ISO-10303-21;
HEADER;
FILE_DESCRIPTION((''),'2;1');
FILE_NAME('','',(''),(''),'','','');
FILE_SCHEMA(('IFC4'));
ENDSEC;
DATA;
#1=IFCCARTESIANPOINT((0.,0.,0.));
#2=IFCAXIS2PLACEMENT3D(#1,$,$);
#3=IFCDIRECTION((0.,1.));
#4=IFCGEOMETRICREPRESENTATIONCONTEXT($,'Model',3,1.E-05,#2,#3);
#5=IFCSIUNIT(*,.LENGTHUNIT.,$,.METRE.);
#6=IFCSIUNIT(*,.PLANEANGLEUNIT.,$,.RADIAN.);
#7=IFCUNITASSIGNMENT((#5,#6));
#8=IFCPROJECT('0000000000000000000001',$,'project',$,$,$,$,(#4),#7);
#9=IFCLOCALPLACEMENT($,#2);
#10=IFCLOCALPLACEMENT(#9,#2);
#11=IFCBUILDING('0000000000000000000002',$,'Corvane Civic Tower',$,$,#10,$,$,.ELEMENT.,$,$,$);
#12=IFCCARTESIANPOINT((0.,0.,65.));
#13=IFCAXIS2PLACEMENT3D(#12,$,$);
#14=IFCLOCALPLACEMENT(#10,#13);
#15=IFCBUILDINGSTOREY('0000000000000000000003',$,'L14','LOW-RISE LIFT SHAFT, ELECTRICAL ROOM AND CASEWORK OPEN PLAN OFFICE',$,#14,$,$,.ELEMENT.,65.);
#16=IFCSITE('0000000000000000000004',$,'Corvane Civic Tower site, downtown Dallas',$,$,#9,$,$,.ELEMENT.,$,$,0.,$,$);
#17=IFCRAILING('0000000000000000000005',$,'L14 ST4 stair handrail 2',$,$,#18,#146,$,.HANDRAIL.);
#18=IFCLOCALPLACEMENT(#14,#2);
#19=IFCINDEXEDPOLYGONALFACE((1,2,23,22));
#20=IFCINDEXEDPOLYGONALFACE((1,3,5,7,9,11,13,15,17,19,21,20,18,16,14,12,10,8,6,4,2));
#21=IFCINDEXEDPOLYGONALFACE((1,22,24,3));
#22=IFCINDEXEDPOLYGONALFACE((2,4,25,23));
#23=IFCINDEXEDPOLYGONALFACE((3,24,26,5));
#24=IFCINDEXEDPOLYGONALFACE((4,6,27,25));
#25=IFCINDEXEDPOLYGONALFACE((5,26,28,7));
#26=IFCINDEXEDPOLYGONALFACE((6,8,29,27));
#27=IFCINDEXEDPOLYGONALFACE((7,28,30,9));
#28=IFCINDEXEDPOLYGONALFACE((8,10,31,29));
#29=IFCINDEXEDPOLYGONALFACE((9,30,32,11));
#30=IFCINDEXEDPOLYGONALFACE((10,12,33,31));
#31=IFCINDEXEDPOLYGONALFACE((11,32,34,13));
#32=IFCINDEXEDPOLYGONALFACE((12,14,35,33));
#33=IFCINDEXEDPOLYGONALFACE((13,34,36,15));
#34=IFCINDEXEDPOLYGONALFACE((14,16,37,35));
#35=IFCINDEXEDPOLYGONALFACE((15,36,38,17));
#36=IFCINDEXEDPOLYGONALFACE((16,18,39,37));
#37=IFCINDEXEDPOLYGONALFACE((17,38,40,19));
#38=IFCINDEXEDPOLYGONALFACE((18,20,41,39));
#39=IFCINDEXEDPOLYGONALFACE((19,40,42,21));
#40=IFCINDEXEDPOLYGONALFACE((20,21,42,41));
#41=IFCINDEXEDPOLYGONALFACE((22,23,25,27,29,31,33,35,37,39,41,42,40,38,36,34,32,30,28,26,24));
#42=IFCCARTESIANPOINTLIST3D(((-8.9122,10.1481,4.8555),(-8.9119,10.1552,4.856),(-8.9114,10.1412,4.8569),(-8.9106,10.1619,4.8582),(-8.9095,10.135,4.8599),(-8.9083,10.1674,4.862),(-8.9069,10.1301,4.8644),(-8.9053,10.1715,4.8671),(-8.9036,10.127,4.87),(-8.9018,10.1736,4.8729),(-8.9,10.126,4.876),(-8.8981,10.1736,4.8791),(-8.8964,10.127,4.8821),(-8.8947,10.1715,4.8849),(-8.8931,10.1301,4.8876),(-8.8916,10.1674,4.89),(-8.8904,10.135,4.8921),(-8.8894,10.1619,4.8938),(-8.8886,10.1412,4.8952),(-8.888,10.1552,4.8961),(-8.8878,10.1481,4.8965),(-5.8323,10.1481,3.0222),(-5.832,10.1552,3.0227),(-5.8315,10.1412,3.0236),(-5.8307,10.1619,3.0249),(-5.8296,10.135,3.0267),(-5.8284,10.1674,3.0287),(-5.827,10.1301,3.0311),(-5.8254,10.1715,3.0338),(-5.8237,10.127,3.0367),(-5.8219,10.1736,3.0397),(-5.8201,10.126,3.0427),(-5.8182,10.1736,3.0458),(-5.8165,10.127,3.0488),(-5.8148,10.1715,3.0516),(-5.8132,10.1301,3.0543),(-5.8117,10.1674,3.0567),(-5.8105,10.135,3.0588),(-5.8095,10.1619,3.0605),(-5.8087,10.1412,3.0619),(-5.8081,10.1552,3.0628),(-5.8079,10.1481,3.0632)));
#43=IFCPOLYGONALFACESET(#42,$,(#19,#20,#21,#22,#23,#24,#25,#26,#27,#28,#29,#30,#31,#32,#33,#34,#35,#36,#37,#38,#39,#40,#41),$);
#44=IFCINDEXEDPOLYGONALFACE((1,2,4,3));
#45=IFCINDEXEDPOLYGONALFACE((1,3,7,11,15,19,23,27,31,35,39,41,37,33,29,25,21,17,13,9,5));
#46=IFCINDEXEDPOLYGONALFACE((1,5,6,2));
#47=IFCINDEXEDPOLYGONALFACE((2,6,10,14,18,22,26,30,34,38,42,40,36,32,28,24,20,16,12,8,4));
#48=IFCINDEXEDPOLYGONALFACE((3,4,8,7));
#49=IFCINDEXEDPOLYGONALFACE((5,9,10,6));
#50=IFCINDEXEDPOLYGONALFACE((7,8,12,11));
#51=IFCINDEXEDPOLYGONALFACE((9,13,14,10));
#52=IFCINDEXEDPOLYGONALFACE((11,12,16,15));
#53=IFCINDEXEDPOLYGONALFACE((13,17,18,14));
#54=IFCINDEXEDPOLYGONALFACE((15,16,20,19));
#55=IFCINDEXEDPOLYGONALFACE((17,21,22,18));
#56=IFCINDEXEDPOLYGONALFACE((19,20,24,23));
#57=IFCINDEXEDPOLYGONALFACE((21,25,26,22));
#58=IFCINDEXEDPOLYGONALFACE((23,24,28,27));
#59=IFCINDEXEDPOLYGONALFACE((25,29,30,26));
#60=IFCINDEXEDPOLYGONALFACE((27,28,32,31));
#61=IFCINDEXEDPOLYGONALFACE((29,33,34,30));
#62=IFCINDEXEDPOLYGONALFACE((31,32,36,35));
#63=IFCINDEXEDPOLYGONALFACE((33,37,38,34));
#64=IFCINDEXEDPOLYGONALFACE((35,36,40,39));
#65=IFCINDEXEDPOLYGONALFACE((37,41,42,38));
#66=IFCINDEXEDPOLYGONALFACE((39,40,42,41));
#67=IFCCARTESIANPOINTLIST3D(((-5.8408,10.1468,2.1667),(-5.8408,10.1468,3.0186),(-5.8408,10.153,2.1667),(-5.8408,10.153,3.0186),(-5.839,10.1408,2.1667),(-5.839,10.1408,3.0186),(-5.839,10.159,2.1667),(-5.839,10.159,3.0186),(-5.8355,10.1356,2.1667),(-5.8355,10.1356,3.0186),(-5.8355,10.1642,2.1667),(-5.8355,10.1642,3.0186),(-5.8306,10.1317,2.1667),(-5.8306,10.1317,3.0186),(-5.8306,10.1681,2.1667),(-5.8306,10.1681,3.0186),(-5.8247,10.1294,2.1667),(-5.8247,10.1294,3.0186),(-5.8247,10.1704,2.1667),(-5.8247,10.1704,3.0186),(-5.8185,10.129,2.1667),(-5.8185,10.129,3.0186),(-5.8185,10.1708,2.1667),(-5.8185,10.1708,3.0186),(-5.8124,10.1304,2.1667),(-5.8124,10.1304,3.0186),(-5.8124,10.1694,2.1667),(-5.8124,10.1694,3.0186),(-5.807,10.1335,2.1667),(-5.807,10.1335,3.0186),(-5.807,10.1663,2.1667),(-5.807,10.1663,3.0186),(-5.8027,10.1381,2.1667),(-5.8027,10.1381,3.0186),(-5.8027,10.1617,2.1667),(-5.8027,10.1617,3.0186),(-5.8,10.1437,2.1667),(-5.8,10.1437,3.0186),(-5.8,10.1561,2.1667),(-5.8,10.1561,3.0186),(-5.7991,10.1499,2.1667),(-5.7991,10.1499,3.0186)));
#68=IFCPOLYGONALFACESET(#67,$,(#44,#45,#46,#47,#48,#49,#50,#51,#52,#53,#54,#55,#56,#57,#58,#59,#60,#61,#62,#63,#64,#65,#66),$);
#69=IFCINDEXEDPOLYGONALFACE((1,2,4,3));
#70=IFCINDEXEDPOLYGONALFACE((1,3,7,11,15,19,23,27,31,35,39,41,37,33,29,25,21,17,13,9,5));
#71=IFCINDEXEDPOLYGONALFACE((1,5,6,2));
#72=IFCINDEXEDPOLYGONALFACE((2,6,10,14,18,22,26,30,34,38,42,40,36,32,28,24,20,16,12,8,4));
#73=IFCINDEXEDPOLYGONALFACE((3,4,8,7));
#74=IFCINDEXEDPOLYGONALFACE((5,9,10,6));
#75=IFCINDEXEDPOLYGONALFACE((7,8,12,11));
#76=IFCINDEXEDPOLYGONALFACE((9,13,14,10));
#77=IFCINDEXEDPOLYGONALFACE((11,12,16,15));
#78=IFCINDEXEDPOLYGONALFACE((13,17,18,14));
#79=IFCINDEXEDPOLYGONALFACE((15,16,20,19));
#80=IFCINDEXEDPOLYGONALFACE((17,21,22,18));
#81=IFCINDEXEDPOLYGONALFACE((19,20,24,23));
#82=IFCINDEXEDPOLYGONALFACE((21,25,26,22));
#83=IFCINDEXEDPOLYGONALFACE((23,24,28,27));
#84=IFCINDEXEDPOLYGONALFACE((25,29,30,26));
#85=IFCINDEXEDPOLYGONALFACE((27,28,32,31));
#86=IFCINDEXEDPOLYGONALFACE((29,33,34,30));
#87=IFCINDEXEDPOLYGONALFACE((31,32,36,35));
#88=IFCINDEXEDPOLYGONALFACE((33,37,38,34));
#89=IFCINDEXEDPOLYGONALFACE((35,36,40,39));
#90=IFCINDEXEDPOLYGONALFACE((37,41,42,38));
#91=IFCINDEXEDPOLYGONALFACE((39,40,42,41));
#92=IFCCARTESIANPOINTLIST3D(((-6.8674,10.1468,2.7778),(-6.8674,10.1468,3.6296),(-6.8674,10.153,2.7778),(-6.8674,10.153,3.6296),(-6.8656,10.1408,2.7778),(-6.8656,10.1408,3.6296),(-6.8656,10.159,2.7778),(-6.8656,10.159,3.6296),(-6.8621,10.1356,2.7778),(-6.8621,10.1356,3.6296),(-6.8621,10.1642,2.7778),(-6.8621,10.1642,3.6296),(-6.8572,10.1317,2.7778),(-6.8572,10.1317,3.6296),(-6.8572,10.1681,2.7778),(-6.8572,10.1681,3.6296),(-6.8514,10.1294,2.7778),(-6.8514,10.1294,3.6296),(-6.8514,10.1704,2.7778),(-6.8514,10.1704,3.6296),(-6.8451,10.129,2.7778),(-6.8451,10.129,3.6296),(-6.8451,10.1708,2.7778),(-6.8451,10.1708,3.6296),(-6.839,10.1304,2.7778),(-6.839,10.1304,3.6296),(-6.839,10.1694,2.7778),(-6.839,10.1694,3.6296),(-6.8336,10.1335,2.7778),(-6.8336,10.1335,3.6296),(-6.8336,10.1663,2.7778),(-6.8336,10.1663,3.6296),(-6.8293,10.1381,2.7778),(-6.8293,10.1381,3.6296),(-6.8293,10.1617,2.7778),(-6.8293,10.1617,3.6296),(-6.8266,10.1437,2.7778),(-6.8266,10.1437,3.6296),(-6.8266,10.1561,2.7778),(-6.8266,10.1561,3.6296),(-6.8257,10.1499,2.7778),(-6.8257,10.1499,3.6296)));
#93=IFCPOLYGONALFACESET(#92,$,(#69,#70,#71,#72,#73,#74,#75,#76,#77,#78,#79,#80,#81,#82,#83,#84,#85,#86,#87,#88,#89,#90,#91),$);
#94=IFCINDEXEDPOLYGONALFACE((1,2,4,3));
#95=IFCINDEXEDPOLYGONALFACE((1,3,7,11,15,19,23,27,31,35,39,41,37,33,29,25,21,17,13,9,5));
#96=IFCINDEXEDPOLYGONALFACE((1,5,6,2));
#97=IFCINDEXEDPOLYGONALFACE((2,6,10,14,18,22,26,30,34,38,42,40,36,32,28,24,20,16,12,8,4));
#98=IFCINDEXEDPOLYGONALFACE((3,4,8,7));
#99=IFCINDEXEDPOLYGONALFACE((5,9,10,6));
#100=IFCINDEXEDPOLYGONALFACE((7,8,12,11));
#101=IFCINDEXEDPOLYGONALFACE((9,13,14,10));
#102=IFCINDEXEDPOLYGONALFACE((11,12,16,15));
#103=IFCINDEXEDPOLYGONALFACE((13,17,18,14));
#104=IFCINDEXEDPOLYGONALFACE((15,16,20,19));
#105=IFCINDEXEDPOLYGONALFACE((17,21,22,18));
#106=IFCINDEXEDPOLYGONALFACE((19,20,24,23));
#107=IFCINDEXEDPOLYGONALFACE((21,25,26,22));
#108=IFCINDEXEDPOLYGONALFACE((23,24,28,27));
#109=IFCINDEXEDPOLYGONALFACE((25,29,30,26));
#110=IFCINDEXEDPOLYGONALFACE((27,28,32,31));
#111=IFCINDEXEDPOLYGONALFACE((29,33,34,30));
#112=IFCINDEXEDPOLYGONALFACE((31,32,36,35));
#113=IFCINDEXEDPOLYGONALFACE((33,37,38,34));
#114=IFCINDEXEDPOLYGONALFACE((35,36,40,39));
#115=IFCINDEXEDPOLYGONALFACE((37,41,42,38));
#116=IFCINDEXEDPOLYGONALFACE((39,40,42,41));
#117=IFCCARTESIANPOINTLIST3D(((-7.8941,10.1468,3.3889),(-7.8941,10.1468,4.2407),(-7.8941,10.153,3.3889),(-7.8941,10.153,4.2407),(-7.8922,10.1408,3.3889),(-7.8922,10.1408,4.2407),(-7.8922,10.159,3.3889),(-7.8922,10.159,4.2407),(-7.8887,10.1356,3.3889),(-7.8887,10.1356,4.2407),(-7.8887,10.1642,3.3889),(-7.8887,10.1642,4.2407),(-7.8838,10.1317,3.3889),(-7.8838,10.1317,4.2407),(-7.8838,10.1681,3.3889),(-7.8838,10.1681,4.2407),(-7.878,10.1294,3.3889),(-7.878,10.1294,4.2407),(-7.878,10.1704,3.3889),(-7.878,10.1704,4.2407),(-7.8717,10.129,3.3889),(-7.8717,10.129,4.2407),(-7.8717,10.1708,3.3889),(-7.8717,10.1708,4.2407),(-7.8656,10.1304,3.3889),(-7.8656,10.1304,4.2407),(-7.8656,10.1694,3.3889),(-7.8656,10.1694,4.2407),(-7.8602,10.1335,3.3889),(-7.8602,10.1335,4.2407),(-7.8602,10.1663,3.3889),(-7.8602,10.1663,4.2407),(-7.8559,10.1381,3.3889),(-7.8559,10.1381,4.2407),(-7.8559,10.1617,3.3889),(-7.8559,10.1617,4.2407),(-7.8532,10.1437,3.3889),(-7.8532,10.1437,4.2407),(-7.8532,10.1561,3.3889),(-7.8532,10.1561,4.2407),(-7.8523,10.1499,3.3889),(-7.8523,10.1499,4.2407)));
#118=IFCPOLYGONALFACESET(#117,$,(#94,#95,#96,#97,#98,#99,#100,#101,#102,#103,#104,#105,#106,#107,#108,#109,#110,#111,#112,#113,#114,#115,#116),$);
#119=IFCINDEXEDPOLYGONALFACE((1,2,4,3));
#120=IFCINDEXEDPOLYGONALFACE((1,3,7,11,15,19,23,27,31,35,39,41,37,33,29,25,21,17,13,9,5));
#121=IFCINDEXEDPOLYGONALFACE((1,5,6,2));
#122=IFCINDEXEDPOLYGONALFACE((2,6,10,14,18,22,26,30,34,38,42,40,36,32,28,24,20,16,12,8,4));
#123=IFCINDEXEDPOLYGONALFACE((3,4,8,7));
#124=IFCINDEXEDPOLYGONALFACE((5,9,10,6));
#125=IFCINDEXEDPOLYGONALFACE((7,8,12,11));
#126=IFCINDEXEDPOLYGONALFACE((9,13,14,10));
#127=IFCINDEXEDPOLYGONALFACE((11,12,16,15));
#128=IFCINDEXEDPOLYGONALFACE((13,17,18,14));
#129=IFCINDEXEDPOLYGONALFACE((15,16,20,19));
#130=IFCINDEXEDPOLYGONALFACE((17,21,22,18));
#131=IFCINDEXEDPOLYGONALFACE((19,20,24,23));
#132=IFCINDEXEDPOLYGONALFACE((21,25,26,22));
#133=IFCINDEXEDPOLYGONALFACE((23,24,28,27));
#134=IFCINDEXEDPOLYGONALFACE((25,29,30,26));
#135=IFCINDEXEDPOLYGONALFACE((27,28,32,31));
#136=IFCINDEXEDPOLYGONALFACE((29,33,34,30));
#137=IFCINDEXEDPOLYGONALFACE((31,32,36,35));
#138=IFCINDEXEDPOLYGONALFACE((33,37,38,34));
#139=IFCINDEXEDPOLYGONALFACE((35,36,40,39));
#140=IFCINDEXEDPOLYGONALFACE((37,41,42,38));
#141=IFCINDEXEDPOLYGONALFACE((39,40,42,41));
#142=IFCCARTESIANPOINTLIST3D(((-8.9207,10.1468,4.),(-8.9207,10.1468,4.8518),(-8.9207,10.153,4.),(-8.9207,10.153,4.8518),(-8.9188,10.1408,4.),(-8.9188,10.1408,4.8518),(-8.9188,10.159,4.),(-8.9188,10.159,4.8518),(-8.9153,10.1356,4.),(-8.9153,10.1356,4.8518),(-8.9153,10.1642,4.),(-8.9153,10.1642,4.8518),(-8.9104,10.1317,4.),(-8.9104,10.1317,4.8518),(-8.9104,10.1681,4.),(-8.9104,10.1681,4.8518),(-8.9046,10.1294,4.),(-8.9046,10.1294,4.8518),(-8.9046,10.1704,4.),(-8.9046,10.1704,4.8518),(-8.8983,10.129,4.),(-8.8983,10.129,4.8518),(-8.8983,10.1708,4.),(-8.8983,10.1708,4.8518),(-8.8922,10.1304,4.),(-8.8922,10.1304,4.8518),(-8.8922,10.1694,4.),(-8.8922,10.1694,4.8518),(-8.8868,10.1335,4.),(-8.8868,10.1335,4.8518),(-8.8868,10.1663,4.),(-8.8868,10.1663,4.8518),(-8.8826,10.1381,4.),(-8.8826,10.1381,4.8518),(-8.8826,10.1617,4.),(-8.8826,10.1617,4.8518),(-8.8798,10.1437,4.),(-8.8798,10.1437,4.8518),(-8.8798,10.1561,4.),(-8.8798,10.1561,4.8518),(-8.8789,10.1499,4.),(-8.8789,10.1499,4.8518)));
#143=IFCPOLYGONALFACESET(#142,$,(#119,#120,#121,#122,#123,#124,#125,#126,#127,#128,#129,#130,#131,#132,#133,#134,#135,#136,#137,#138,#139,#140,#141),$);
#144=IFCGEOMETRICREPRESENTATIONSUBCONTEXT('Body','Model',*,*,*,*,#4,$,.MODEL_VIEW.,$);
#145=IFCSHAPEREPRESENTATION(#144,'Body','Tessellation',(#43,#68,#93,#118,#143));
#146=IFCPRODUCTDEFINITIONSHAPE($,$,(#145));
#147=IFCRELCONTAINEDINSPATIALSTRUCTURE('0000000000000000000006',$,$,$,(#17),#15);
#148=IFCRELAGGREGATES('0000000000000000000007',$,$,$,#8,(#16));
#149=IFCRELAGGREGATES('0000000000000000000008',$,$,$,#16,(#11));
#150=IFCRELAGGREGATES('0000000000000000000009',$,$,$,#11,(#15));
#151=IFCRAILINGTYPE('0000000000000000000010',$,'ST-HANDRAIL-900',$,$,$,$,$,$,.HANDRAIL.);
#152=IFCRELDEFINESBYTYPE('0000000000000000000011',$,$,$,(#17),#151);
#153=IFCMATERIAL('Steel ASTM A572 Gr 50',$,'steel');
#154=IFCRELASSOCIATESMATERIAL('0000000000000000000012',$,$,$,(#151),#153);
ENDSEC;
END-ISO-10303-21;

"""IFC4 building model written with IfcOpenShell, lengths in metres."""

from ifc_helpers import new_model, si_unit, direction, frame, origin, origin_2d, place, context, subcontext, project, spatial, circle, extrude, material, type_object, element, save


model = new_model("IFC4")

# Units and contexts
model_context = context("Model", 3, precision=1e-05, world=origin(), true_north=direction((0.0, 1.0)))
body_context = subcontext(model_context, "Body", "Model", "MODEL_VIEW")
ifc_project = project(units=[si_unit("LENGTHUNIT", "METRE"), si_unit("PLANEANGLEUNIT", "RADIAN")], contexts=[model_context])

# Site, building, storey
site_placement = place(None, origin())
site = spatial("IfcSite", under=ifc_project, at=site_placement, Name="Corvane Civic Tower site, downtown Dallas", CompositionType="ELEMENT", RefElevation=0.0)
building_placement = place(site_placement, origin())
building = spatial("IfcBuilding", under=site, at=building_placement, Name="Corvane Civic Tower", CompositionType="ELEMENT")
storey_placement = place(building_placement, frame((0.0, 0.0, 65.0)))
storey = spatial("IfcBuildingStorey", under=building, at=storey_placement, Name="L14", Description="LOW-RISE LIFT SHAFT, ELECTRICAL ROOM AND CASEWORK OPEN PLAN OFFICE", CompositionType="ELEMENT", Elevation=65.0)

# Railing
ifc_material_1 = material(Name="Steel ASTM A572 Gr 50", Category="steel")
railing_type = type_object("IfcRailingType", Name="ST-HANDRAIL-900", PredefinedType="HANDRAIL", material=ifc_material_1)
railing_1_placement = place(storey_placement, frame((-5.8201, 10.1499, 2.1667)))
element("IfcRailing", 1, at=railing_1_placement, inside=storey, type_object=railing_type, Name="L14 ST4 stair handrail 2", PredefinedType="HANDRAIL", context=body_context, shape_type="SweptSolid", body=[
    extrude(circle(Radius=0.0239, at=origin_2d()), frame((0.0, 0.0, 0.876), z_axis=(-0.859291, 0.0, 0.511487), x_axis=(0.0, -1.0, 0.0)), (0.0, 0.0, 1.0), 3.5842),
    extrude(circle(Radius=0.021, at=origin_2d()), origin(), (0.0, 0.0, 1.0), 0.8518),
    extrude(circle(Radius=0.021, at=origin_2d()), frame((-1.0266, 0.0, 0.6111)), (0.0, 0.0, 1.0), 0.8518),
    extrude(circle(Radius=0.021, at=origin_2d()), frame((-2.0532, 0.0, 1.2222)), (0.0, 0.0, 1.0), 0.8518),
    extrude(circle(Radius=0.021, at=origin_2d()), frame((-3.0798, 0.0, 1.8333)), (0.0, 0.0, 1.0), 0.8518),
])

save(model, "model.ifc")
